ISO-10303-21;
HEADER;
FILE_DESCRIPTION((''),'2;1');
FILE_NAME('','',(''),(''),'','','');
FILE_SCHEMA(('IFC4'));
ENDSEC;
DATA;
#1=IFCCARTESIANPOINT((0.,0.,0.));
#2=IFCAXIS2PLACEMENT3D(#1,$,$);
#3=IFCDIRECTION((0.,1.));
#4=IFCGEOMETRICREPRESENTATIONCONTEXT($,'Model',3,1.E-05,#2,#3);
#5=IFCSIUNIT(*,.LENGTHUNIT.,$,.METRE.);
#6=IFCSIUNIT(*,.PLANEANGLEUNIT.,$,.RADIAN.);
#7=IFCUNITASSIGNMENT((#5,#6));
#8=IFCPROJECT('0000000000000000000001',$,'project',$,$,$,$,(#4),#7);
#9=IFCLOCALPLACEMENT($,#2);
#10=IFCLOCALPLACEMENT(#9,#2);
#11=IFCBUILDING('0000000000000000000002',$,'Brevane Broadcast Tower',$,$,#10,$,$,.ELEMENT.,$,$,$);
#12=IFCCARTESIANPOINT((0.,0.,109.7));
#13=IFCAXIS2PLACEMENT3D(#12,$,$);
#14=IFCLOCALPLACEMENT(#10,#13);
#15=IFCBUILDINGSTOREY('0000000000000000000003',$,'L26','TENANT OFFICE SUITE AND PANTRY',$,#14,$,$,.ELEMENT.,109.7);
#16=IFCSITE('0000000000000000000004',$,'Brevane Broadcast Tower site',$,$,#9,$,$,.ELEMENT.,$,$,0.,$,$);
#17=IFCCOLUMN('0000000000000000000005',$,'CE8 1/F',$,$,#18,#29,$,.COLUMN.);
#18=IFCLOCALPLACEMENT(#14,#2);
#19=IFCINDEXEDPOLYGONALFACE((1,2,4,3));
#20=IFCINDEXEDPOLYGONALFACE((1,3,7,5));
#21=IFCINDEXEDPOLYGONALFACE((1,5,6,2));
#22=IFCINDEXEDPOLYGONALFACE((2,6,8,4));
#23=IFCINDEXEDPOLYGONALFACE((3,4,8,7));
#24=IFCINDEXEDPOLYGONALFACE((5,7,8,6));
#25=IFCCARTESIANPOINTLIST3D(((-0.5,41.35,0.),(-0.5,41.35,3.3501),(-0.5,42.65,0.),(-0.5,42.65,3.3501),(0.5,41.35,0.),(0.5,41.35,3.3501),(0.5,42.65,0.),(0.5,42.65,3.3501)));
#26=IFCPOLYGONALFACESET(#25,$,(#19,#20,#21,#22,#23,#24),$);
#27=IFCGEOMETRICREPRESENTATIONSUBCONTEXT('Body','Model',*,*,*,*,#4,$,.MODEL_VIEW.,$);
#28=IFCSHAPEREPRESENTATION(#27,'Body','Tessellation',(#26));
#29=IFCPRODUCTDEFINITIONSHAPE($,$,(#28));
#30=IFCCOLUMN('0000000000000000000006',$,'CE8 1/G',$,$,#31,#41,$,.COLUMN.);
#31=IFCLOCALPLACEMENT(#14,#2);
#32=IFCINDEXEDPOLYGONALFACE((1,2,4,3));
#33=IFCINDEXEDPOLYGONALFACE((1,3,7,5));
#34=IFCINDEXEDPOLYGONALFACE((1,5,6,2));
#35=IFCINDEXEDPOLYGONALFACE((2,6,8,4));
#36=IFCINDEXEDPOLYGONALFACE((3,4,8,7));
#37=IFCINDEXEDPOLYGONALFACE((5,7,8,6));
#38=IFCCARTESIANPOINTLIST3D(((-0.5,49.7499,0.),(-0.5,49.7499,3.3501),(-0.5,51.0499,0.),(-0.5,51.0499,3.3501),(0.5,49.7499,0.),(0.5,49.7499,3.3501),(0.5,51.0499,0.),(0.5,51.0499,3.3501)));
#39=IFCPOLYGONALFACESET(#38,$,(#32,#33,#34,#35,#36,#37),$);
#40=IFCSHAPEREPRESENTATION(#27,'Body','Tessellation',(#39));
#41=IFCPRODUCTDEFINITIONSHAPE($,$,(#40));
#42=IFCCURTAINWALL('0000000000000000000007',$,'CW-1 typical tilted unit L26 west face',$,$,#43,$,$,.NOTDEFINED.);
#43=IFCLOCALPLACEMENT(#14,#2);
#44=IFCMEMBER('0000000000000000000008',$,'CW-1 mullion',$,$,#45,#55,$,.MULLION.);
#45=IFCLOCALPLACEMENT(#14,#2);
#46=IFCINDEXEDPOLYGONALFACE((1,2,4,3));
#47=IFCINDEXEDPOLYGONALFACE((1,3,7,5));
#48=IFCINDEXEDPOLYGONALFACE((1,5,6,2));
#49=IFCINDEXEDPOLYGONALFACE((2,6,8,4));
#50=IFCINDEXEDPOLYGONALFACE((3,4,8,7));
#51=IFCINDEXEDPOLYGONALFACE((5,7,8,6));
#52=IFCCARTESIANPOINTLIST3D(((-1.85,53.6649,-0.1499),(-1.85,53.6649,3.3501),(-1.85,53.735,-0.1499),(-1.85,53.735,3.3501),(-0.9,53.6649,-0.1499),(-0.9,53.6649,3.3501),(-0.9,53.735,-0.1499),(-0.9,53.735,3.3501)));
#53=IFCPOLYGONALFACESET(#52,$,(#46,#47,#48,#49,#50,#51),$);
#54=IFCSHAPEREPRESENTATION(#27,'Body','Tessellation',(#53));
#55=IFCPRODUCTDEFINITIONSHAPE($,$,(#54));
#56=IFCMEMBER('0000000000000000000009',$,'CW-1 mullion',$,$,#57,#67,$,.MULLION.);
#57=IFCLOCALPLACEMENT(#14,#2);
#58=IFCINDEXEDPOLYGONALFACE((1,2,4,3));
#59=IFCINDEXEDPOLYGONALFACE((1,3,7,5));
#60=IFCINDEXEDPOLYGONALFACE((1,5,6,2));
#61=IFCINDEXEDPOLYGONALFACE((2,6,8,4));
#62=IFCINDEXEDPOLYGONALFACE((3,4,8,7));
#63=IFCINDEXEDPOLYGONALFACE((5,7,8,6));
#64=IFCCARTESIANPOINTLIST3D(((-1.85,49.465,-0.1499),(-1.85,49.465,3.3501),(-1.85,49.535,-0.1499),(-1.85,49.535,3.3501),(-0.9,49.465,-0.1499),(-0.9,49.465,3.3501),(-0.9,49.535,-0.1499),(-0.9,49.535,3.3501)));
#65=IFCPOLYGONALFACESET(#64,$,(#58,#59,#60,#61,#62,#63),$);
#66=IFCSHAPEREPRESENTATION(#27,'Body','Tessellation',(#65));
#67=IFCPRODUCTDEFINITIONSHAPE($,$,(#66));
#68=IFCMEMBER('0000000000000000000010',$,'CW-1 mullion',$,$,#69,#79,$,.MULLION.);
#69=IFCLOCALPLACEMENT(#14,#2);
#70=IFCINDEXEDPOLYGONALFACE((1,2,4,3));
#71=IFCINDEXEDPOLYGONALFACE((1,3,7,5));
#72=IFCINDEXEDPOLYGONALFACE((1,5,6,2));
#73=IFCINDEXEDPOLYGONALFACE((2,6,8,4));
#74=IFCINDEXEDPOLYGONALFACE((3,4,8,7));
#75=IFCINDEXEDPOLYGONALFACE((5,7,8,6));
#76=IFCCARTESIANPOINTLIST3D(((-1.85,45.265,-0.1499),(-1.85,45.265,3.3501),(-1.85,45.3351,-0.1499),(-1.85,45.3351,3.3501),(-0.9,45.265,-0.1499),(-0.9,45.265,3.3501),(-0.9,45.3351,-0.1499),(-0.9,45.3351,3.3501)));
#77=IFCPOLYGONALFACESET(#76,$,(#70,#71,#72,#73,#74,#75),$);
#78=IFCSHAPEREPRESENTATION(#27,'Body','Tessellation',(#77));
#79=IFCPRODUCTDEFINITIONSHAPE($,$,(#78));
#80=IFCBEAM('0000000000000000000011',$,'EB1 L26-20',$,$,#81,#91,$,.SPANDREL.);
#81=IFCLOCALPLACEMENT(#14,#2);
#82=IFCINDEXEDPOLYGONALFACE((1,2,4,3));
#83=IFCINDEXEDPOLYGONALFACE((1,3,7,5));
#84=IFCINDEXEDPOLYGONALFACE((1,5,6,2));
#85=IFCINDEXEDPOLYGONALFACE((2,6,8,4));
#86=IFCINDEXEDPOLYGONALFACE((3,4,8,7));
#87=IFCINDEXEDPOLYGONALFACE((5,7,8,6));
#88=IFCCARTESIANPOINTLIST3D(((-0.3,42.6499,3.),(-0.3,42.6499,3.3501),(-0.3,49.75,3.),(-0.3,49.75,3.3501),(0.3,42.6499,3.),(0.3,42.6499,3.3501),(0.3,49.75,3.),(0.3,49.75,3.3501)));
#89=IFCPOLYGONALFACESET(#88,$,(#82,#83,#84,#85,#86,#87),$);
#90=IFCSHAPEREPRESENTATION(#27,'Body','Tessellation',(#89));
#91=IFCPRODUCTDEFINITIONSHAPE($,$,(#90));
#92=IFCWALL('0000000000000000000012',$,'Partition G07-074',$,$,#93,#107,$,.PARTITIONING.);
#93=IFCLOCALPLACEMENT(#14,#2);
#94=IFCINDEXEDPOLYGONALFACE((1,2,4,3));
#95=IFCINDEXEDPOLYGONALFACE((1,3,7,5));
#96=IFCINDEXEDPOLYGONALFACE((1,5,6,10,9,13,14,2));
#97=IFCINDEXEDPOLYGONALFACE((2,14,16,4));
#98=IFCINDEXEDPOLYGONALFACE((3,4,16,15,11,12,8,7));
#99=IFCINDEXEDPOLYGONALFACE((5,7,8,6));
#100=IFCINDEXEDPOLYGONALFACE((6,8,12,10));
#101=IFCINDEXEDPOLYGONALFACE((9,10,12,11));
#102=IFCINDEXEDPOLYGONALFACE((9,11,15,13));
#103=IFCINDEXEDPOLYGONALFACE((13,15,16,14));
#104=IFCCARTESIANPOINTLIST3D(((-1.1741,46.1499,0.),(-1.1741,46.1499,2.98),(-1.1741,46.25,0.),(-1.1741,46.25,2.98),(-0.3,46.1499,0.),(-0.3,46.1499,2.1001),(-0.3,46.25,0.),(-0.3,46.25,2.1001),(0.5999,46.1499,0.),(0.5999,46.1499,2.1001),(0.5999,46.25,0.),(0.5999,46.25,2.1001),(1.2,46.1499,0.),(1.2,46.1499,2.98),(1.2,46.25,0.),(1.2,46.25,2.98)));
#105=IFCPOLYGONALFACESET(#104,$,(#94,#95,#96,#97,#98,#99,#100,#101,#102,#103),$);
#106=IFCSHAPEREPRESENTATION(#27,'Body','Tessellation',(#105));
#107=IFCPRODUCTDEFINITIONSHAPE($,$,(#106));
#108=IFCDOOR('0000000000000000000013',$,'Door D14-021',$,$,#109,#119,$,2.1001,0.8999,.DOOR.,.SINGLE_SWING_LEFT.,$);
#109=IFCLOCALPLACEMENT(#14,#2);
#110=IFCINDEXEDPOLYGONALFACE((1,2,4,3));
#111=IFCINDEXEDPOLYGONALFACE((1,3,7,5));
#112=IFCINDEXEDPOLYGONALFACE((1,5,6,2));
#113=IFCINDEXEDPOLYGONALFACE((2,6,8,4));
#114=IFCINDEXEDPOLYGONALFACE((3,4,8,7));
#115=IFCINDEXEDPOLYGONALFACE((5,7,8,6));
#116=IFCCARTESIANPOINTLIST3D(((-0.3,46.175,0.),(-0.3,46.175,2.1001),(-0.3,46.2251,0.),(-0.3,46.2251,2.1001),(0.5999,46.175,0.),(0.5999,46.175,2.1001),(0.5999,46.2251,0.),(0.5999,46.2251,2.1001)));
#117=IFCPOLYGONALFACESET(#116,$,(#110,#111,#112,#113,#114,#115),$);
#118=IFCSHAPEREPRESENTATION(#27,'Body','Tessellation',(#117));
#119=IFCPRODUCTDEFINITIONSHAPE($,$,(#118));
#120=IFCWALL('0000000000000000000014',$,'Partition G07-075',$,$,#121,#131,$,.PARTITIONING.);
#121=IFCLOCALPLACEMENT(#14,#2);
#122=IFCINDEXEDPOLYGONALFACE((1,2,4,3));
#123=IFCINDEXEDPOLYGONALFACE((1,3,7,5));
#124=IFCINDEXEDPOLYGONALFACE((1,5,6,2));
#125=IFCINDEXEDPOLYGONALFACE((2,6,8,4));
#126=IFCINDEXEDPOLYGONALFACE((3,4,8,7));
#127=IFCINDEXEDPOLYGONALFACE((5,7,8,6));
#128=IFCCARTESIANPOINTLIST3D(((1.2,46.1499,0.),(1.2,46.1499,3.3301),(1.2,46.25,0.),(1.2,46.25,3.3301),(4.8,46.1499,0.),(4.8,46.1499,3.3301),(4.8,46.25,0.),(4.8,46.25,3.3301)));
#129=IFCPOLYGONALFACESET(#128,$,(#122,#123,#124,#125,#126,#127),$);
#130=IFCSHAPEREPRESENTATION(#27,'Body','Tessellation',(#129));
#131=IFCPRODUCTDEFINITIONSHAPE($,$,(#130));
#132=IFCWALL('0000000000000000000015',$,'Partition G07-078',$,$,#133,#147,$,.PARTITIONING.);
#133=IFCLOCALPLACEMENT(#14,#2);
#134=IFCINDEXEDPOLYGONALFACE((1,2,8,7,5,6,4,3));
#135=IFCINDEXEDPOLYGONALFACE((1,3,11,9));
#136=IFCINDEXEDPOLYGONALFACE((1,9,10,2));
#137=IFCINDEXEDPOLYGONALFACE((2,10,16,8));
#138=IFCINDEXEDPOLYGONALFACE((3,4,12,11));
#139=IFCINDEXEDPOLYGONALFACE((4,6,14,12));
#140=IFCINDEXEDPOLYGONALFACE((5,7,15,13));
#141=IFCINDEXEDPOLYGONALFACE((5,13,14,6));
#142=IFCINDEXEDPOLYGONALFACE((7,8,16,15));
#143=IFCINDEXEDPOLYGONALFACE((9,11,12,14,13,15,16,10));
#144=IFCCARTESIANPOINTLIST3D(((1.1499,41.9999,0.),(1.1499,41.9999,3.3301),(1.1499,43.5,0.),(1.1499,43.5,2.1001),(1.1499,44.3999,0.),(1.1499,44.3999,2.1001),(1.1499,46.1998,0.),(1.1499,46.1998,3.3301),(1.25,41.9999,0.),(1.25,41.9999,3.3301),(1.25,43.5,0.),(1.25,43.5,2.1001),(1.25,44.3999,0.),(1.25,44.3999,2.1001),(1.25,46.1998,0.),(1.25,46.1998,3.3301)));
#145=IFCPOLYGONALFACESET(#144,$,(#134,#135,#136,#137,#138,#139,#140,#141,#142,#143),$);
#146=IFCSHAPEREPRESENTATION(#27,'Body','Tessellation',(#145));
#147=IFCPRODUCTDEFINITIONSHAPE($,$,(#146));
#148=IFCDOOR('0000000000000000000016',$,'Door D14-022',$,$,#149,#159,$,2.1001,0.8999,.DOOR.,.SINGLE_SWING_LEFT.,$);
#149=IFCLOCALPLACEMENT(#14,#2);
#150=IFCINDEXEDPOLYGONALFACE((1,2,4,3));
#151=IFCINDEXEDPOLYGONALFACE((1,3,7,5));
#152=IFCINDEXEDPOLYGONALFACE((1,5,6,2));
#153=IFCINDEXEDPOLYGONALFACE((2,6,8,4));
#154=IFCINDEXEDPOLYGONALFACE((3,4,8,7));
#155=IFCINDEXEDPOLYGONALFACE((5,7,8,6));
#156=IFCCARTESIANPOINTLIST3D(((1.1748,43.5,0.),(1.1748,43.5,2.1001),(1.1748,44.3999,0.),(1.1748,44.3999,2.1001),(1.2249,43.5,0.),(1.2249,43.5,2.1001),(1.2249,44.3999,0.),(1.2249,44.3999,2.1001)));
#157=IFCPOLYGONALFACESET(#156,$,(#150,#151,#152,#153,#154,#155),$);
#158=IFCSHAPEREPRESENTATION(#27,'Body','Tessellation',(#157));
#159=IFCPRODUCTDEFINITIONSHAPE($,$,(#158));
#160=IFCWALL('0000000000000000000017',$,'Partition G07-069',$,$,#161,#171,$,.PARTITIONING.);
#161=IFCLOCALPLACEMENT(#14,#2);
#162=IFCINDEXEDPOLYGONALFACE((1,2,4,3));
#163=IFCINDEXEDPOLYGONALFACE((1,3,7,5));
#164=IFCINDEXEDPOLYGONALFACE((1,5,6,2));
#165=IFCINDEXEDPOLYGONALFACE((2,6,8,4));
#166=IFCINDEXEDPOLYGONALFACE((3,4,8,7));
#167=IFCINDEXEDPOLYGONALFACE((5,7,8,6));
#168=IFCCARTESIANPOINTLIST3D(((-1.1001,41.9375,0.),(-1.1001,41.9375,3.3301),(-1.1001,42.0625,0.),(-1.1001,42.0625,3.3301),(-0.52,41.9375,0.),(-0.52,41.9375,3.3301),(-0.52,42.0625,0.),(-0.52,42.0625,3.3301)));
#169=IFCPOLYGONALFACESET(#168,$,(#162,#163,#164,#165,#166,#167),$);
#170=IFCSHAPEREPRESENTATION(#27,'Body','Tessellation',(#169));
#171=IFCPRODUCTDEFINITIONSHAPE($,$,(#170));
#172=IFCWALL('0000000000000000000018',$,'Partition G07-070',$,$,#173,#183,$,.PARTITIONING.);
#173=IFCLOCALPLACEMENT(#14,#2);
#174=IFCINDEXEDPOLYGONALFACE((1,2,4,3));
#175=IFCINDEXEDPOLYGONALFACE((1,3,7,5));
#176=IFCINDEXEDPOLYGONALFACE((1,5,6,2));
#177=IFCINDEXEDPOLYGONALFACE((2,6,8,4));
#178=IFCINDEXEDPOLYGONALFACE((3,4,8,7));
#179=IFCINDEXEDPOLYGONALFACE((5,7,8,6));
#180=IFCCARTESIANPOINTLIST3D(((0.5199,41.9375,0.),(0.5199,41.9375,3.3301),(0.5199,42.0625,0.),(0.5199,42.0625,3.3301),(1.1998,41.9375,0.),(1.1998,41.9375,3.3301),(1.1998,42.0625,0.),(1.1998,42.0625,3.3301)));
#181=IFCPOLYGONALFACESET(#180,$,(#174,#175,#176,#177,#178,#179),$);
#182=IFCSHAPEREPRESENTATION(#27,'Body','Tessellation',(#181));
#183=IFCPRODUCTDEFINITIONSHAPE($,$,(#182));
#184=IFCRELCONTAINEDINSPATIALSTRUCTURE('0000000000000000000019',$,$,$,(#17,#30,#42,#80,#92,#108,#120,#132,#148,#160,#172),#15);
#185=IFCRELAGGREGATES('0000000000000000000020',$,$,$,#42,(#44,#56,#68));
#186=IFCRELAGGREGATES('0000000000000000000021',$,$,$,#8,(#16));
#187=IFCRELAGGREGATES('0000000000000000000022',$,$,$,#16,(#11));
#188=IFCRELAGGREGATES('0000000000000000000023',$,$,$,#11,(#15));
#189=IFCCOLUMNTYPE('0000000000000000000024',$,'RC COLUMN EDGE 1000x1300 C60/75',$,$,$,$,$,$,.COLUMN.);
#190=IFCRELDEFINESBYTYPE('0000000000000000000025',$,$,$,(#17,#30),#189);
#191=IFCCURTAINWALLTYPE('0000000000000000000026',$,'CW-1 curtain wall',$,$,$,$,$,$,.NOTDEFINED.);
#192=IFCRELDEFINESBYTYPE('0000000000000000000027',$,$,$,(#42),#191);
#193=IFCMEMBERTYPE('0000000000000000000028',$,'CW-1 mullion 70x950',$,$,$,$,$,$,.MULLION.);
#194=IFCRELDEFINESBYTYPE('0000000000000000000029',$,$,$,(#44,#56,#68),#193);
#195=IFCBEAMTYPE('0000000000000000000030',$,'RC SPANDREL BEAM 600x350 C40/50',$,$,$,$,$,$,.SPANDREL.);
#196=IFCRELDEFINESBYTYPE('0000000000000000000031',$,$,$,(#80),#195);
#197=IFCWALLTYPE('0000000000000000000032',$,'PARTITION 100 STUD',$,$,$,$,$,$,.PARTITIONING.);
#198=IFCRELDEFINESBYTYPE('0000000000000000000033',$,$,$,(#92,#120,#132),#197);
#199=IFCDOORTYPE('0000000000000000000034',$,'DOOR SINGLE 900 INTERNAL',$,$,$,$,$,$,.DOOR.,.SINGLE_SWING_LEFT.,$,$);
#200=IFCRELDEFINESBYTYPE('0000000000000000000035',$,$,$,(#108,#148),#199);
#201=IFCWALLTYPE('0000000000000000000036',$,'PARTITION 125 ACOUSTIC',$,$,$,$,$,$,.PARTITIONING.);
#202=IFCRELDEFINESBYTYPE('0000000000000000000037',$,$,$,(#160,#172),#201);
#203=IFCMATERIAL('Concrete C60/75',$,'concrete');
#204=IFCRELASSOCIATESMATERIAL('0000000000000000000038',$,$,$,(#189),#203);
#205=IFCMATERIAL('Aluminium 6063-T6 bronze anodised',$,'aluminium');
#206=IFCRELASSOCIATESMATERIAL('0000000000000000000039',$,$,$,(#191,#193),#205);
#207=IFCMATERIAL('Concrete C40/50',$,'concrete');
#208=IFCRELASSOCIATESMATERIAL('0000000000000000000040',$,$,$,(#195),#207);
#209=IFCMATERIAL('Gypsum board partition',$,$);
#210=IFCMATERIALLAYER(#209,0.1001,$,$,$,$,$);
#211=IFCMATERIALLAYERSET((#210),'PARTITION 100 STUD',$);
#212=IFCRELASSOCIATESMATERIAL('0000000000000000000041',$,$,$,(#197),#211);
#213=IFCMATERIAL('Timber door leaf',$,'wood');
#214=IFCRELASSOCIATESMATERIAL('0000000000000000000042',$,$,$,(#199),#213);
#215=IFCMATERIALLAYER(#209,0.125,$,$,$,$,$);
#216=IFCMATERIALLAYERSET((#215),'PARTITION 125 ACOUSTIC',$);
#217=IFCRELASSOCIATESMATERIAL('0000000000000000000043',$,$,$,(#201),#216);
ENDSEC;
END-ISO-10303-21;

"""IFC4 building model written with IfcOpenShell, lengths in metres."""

from ifc_helpers import new_model, si_unit, direction, frame, frame_2d, origin, origin_2d, place, context, subcontext, project, spatial, rectangle, extrude, material, layer, layer_set, material_profile, profile_set, type_object, element, fill, aggregate, save


model = new_model("IFC4")

# Units and contexts
model_context = context("Model", 3, precision=1e-05, world=origin(), true_north=direction((0.0, 1.0)))
body_context = subcontext(model_context, "Body", "Model", "MODEL_VIEW")
ifc_project = project(units=[si_unit("LENGTHUNIT", "METRE"), si_unit("PLANEANGLEUNIT", "RADIAN")], contexts=[model_context])

# Site, building, storey
site_placement = place(None, origin())
site = spatial("IfcSite", under=ifc_project, at=site_placement, Name="Brevane Broadcast Tower site", CompositionType="ELEMENT", RefElevation=0.0)
building_placement = place(site_placement, origin())
building = spatial("IfcBuilding", under=site, at=building_placement, Name="Brevane Broadcast Tower", CompositionType="ELEMENT")
storey_placement = place(building_placement, frame((0.0, 0.0, 109.7)))
storey = spatial("IfcBuildingStorey", under=building, at=storey_placement, Name="L26", Description="TENANT OFFICE SUITE AND PANTRY", CompositionType="ELEMENT", Elevation=109.7)

# Columns
ifc_material_1 = material(Name="Concrete C60/75", Category="concrete")
ifc_material_profile_1 = material_profile(ifc_material_1, rectangle(XDim=1.0, YDim=1.3, at=origin_2d()), Name="RC 1000x1300")
ifc_profile_set_1 = profile_set([ifc_material_profile_1], Name="Concrete C60/75")
column_type = type_object("IfcColumnType", Name="RC COLUMN EDGE 1000x1300 C60/75", PredefinedType="COLUMN", material=ifc_profile_set_1)
for number, where, z_axis, x_axis, name in (
    (1, (0.0, 42.0, 0.0), (0.0, 0.0, 1.0), (1.0, 0.0, 0.0), "CE8 1/F"),
    (2, (0.0, 50.3999, 0.0), (0.0, 0.0, 1.0), (1.0, 0.0, 0.0), "CE8 1/G"),
):
    element("IfcColumn", number, at=place(storey_placement, frame(where, z_axis=z_axis, x_axis=x_axis)), inside=storey, type_object=column_type, Name=name, PredefinedType="COLUMN", context=body_context, shape_type="SweptSolid", body=[
        extrude(rectangle(XDim=1.0, YDim=1.3, at=origin_2d()), origin(), (0.0, 0.0, 1.0), 3.3501),
    ])

# Curtain wall, members
ifc_material_2 = material(Name="Aluminium 6063-T6 bronze anodised", Category="aluminium")
curtain_wall_type = type_object("IfcCurtainWallType", Name="CW-1 curtain wall", PredefinedType="NOTDEFINED", material=ifc_material_2)
curtain_wall_placement = place(storey_placement, origin())
curtain_wall = element("IfcCurtainWall", 3, at=curtain_wall_placement, inside=storey, type_object=curtain_wall_type, Name="CW-1 typical tilted unit L26 west face", PredefinedType="NOTDEFINED")
ifc_material_profile_2 = material_profile(ifc_material_2, rectangle(XDim=0.95, YDim=0.0701, at=origin_2d()), Name="RECT 70x950")
ifc_profile_set_2 = profile_set([ifc_material_profile_2], Name="Aluminium 6063-T6 bronze anodised")
member_type = type_object("IfcMemberType", Name="CW-1 mullion 70x950", PredefinedType="MULLION", material=ifc_profile_set_2)
member_1_placement = place(storey_placement, frame((-1.375, 53.7, -0.1499), z_axis=(0.0, 0.0, 1.0), x_axis=(1.0, 0.0, 0.0)))
member_1 = element("IfcMember", 4, at=member_1_placement, type_object=member_type, Name="CW-1 mullion", PredefinedType="MULLION", context=body_context, shape_type="SweptSolid", body=[
    extrude(rectangle(XDim=0.95, YDim=0.0701, at=origin_2d()), origin(), (0.0, 0.0, 1.0), 3.5),
])
member_2_placement = place(storey_placement, frame((-1.375, 49.5, -0.1499), z_axis=(0.0, 0.0, 1.0), x_axis=(1.0, 0.0, 0.0)))
member_2 = element("IfcMember", 5, at=member_2_placement, type_object=member_type, Name="CW-1 mullion", PredefinedType="MULLION", context=body_context, shape_type="SweptSolid", body=[
    extrude(rectangle(XDim=0.95, YDim=0.0701, at=origin_2d()), origin(), (0.0, 0.0, 1.0), 3.5),
])
member_3_placement = place(storey_placement, frame((-1.375, 45.3, -0.1499), z_axis=(0.0, 0.0, 1.0), x_axis=(1.0, 0.0, 0.0)))
member_3 = element("IfcMember", 6, at=member_3_placement, type_object=member_type, Name="CW-1 mullion", PredefinedType="MULLION", context=body_context, shape_type="SweptSolid", body=[
    extrude(rectangle(XDim=0.95, YDim=0.0701, at=origin_2d()), origin(), (0.0, 0.0, 1.0), 3.5),
])
aggregate(curtain_wall, [member_1, member_2, member_3])

# Beam
ifc_material_3 = material(Name="Concrete C40/50", Category="concrete")
ifc_material_profile_3 = material_profile(ifc_material_3, rectangle(XDim=0.6001, YDim=0.3501, at=origin_2d()), Name="RC 600x350")
ifc_profile_set_3 = profile_set([ifc_material_profile_3], Name="Concrete C40/50")
beam_type = type_object("IfcBeamType", Name="RC SPANDREL BEAM 600x350 C40/50", PredefinedType="SPANDREL", material=ifc_profile_set_3)
beam_placement = place(storey_placement, frame((0.0, 49.75, 3.175), z_axis=(0.0, -1.0, 0.0), x_axis=(1.0, 0.0, 0.0)))
element("IfcBeam", 7, at=beam_placement, inside=storey, type_object=beam_type, Name="EB1 L26-20", PredefinedType="SPANDREL", context=body_context, shape_type="SweptSolid", body=[
    extrude(rectangle(XDim=0.6001, YDim=0.3501, at=origin_2d()), origin(), (0.0, 0.0, 1.0), 7.1001),
])

# Wall, opening, door
ifc_material_4 = material(Name="Gypsum board partition")
ifc_layer_1 = layer(ifc_material_4, 0.1001)
ifc_layer_set_1 = layer_set([ifc_layer_1], Name="PARTITION 100 STUD")
wall_type_1 = type_object("IfcWallType", Name="PARTITION 100 STUD", PredefinedType="PARTITIONING", material=ifc_layer_set_1)
wall_1_placement = place(storey_placement, frame((1.2, 46.2, 0.0), z_axis=(0.0, 0.0, 1.0), x_axis=(-1.0, 0.0, 0.0)))
wall_1 = element("IfcWall", 8, at=wall_1_placement, inside=storey, type_object=wall_type_1, Name="Partition G07-074", PredefinedType="PARTITIONING", context=body_context, shape_type="SweptSolid", body=[
    extrude(rectangle(XDim=2.374, YDim=0.1001, at=frame_2d((1.187, 0.0))), origin(), (0.0, 0.0, 1.0), 2.98),
])
opening_1_placement = place(wall_1_placement, frame((0.6001, 0.0, 0.0)))
opening_1 = element("IfcOpeningElement", 9, at=opening_1_placement, cuts=wall_1, PredefinedType="OPENING", context=body_context, shape_type="SweptSolid", body=[
    extrude(rectangle(XDim=0.8999, YDim=2.1001, at=frame_2d((0.45, 1.05))), frame((0.0, 0.0601, 0.0), z_axis=(0.0, -1.0, 0.0), x_axis=(1.0, 0.0, 0.0)), (0.0, 0.0, 1.0), 0.1201),
])
ifc_material_5 = material(Name="Timber door leaf", Category="wood")
door_type = type_object("IfcDoorType", Name="DOOR SINGLE 900 INTERNAL", OperationType="SINGLE_SWING_LEFT", PredefinedType="DOOR", material=ifc_material_5)
door_1_placement = place(opening_1_placement, origin())
door_1 = element("IfcDoor", 10, at=door_1_placement, inside=storey, type_object=door_type, Name="Door D14-021", OperationType="SINGLE_SWING_LEFT", OverallHeight=2.1001, OverallWidth=0.8999, PredefinedType="DOOR", context=body_context, shape_type="SweptSolid", body=[
    extrude(rectangle(XDim=0.8999, YDim=2.1001, at=frame_2d((0.45, 1.05))), frame((0.0, 0.0249, 0.0), z_axis=(0.0, -1.0, 0.0), x_axis=(1.0, 0.0, 0.0)), (0.0, 0.0, 1.0), 0.05),
])
fill(opening_1, door_1)

# Wall
wall_2_placement = place(storey_placement, frame((4.8, 46.2, 0.0), z_axis=(0.0, 0.0, 1.0), x_axis=(-1.0, 0.0, 0.0)))
element("IfcWall", 11, at=wall_2_placement, inside=storey, type_object=wall_type_1, Name="Partition G07-075", PredefinedType="PARTITIONING", context=body_context, shape_type="SweptSolid", body=[
    extrude(rectangle(XDim=3.6001, YDim=0.1001, at=frame_2d((1.8, 0.0))), origin(), (0.0, 0.0, 1.0), 3.3301),
])

# Wall, opening, door
wall_3_placement = place(storey_placement, frame((1.2, 46.2, 0.0), z_axis=(0.0, 0.0, 1.0), x_axis=(0.0, -1.0, 0.0)))
wall_3 = element("IfcWall", 12, at=wall_3_placement, inside=storey, type_object=wall_type_1, Name="Partition G07-078", PredefinedType="PARTITIONING", context=body_context, shape_type="SweptSolid", body=[
    extrude(rectangle(XDim=4.2, YDim=0.1001, at=frame_2d((2.1001, 0.0))), origin(), (0.0, 0.0, 1.0), 3.3301),
])
opening_2_placement = place(wall_3_placement, frame((1.8, 0.0, 0.0)))
opening_2 = element("IfcOpeningElement", 13, at=opening_2_placement, cuts=wall_3, PredefinedType="OPENING", context=body_context, shape_type="SweptSolid", body=[
    extrude(rectangle(XDim=0.8999, YDim=2.1001, at=frame_2d((0.45, 1.05))), frame((0.0, 0.0601, 0.0), z_axis=(0.0, -1.0, 0.0), x_axis=(1.0, 0.0, 0.0)), (0.0, 0.0, 1.0), 0.1201),
])
door_2_placement = place(opening_2_placement, origin())
door_2 = element("IfcDoor", 14, at=door_2_placement, inside=storey, type_object=door_type, Name="Door D14-022", OperationType="SINGLE_SWING_LEFT", OverallHeight=2.1001, OverallWidth=0.8999, PredefinedType="DOOR", context=body_context, shape_type="SweptSolid", body=[
    extrude(rectangle(XDim=0.8999, YDim=2.1001, at=frame_2d((0.45, 1.05))), frame((0.0, 0.0249, 0.0), z_axis=(0.0, -1.0, 0.0), x_axis=(1.0, 0.0, 0.0)), (0.0, 0.0, 1.0), 0.05),
])
fill(opening_2, door_2)

# Walls
ifc_layer_2 = layer(ifc_material_4, 0.125)
ifc_layer_set_2 = layer_set([ifc_layer_2], Name="PARTITION 125 ACOUSTIC")
wall_type_2 = type_object("IfcWallType", Name="PARTITION 125 ACOUSTIC", PredefinedType="PARTITIONING", material=ifc_layer_set_2)
wall_4_placement = place(storey_placement, frame((-1.1001, 42.0, 0.0), z_axis=(0.0, 0.0, 1.0), x_axis=(1.0, 0.0, 0.0)))
element("IfcWall", 15, at=wall_4_placement, inside=storey, type_object=wall_type_2, Name="Partition G07-069", PredefinedType="PARTITIONING", context=body_context, shape_type="SweptSolid", body=[
    extrude(rectangle(XDim=0.5801, YDim=0.125, at=frame_2d((0.29, 0.0))), origin(), (0.0, 0.0, 1.0), 3.3301),
])
wall_5_placement = place(storey_placement, frame((0.52, 42.0, 0.0), z_axis=(0.0, 0.0, 1.0), x_axis=(1.0, 0.0, 0.0)))
element("IfcWall", 16, at=wall_5_placement, inside=storey, type_object=wall_type_2, Name="Partition G07-070", PredefinedType="PARTITIONING", context=body_context, shape_type="SweptSolid", body=[
    extrude(rectangle(XDim=0.6799, YDim=0.125, at=frame_2d((0.3398, 0.0))), origin(), (0.0, 0.0, 1.0), 3.3301),
])

save(model, "model.ifc")
